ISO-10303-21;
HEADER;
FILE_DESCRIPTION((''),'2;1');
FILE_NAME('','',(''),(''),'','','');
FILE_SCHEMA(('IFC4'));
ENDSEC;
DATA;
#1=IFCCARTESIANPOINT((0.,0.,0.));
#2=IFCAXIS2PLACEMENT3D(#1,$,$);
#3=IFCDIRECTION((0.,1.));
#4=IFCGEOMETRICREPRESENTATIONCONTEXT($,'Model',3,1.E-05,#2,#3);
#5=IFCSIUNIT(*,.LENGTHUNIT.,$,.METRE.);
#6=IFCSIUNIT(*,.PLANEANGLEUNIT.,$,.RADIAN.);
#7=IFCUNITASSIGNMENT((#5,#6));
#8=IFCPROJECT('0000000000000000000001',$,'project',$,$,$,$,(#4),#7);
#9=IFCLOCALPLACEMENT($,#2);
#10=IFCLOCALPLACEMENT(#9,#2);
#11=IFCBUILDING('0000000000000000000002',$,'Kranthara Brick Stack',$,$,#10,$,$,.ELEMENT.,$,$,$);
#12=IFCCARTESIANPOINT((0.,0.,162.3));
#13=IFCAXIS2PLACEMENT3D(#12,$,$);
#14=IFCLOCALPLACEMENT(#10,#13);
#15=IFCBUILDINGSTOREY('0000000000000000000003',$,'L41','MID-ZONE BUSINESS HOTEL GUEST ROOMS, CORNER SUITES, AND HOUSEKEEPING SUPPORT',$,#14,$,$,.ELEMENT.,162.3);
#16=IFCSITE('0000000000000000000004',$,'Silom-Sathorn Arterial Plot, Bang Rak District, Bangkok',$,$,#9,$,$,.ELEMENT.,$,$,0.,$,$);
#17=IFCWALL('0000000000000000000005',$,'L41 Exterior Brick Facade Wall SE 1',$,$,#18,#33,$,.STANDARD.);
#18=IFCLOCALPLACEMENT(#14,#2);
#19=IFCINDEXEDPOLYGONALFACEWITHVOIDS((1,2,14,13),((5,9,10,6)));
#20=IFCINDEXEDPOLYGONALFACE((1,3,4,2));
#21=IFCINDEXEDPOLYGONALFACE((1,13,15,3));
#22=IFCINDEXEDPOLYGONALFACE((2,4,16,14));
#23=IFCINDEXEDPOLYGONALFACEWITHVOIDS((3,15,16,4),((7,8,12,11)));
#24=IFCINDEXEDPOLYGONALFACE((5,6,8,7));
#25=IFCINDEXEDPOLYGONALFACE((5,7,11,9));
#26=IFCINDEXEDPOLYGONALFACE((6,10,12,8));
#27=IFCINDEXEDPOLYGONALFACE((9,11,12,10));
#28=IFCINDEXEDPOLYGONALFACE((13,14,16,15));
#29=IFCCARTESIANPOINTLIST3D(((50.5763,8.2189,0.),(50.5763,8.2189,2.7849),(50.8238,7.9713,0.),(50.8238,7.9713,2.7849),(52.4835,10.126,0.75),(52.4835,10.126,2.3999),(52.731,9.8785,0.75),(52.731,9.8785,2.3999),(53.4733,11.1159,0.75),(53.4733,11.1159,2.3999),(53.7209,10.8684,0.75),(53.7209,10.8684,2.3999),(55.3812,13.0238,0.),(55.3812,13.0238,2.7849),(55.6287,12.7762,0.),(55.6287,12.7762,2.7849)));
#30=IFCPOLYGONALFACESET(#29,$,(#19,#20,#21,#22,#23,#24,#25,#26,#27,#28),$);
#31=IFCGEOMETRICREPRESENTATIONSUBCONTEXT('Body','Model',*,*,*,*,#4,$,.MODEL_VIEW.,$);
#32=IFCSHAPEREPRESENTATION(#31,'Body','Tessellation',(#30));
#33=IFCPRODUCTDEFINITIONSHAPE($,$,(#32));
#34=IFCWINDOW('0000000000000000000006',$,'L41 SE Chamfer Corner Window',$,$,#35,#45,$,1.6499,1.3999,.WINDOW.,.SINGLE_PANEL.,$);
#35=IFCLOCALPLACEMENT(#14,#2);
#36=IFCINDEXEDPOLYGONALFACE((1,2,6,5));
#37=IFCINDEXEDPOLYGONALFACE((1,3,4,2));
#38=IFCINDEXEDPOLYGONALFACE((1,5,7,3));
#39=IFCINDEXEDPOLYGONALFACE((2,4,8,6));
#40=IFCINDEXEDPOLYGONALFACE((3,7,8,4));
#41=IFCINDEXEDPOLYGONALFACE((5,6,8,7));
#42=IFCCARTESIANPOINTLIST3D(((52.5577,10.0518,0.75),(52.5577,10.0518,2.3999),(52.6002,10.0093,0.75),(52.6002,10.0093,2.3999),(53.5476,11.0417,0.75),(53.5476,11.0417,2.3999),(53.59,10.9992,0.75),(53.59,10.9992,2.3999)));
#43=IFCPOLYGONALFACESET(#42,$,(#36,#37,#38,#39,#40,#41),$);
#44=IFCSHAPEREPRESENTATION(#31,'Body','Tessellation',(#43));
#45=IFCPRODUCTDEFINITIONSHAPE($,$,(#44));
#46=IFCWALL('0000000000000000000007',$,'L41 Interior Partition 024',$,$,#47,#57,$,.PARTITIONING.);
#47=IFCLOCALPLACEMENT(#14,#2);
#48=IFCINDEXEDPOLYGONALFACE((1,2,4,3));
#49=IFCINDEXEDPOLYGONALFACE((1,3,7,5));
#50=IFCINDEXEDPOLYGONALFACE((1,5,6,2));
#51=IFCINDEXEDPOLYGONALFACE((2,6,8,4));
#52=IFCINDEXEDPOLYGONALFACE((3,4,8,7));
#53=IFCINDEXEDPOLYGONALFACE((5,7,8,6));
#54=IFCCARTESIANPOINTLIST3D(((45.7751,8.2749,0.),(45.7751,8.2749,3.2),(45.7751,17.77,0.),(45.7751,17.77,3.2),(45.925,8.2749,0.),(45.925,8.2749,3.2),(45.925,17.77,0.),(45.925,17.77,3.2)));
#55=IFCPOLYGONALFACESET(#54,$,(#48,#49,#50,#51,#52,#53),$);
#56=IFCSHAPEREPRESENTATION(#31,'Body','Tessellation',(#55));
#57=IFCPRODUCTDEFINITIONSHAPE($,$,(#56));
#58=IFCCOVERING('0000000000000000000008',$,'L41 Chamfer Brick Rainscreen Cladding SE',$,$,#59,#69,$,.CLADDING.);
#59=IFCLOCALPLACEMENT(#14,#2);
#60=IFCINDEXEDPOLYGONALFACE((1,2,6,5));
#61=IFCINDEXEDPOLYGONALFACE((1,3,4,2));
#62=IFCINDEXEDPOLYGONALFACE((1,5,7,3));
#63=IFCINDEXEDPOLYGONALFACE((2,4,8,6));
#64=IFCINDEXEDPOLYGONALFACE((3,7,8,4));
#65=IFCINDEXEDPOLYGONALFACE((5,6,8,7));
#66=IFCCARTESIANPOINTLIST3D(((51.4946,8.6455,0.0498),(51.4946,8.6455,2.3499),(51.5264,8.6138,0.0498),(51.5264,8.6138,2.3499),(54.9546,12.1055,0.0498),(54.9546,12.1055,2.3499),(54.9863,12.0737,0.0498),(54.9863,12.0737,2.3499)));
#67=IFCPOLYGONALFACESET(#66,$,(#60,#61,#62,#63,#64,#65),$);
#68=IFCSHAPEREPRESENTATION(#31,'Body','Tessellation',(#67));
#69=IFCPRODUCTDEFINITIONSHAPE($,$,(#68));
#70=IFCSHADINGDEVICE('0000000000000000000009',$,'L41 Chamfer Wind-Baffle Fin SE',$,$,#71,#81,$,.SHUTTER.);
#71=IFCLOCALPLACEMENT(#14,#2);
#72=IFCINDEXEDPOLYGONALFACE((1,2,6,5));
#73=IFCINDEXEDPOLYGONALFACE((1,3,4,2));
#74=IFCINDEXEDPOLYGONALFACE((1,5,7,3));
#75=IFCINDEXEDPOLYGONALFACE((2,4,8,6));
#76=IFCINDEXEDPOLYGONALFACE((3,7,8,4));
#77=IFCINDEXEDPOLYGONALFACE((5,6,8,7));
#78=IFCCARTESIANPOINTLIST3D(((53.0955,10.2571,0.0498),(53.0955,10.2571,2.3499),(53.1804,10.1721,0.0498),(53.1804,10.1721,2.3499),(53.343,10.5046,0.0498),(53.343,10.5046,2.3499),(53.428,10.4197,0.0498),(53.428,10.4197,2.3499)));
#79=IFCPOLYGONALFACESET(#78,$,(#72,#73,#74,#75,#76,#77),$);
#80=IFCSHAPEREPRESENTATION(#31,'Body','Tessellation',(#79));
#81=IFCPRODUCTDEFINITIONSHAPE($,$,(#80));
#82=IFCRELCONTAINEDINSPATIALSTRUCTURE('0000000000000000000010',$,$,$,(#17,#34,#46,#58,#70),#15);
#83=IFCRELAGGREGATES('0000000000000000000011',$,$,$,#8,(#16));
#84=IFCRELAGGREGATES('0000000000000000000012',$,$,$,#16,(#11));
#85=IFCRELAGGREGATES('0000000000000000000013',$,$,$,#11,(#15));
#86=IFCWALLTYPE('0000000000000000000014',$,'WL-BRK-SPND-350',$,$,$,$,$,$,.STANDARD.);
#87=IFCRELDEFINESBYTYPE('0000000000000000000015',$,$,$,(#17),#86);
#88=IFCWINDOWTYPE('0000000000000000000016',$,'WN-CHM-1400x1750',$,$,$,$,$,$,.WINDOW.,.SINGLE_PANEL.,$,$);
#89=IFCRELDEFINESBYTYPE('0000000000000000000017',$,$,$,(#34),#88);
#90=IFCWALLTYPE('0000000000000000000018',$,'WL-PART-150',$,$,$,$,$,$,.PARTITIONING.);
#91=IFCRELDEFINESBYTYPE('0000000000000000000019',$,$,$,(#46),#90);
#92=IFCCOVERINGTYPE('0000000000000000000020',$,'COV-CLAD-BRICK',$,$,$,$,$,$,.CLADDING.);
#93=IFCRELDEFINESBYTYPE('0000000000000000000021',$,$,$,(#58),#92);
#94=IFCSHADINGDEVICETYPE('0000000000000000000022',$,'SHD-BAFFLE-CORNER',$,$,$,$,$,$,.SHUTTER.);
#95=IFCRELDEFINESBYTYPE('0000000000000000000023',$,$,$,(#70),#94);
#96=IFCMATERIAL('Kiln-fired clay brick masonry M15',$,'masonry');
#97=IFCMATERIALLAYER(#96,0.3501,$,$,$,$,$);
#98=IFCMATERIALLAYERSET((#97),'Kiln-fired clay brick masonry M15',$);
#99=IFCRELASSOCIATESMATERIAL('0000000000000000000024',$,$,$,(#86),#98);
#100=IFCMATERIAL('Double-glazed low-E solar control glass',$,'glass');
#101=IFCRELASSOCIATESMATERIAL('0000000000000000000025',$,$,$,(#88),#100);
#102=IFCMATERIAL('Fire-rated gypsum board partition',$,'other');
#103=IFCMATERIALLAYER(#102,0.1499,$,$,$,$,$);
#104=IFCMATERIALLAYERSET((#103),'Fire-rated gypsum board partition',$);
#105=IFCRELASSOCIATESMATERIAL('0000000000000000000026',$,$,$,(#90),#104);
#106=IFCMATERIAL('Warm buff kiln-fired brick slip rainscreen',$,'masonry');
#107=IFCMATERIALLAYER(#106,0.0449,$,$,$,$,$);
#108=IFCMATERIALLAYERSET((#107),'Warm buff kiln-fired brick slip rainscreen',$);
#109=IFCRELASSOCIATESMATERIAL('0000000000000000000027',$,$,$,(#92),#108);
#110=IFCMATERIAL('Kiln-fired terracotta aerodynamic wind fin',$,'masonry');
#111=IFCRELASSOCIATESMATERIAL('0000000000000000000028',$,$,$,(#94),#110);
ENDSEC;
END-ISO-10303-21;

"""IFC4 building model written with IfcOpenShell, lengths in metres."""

from ifc_helpers import new_model, si_unit, direction, frame, frame_2d, origin, origin_2d, place, context, subcontext, project, spatial, rectangle, extrude, material, layer, layer_set, type_object, element, fill, save


model = new_model("IFC4")

# Units and contexts
model_context = context("Model", 3, precision=1e-05, world=origin(), true_north=direction((0.0, 1.0)))
body_context = subcontext(model_context, "Body", "Model", "MODEL_VIEW")
ifc_project = project(units=[si_unit("LENGTHUNIT", "METRE"), si_unit("PLANEANGLEUNIT", "RADIAN")], contexts=[model_context])

# Site, building, storey
site_placement = place(None, origin())
site = spatial("IfcSite", under=ifc_project, at=site_placement, Name="Silom-Sathorn Arterial Plot, Bang Rak District, Bangkok", CompositionType="ELEMENT", RefElevation=0.0)
building_placement = place(site_placement, origin())
building = spatial("IfcBuilding", under=site, at=building_placement, Name="Kranthara Brick Stack", CompositionType="ELEMENT")
storey_placement = place(building_placement, frame((0.0, 0.0, 162.3)))
storey = spatial("IfcBuildingStorey", under=building, at=storey_placement, Name="L41", Description="MID-ZONE BUSINESS HOTEL GUEST ROOMS, CORNER SUITES, AND HOUSEKEEPING SUPPORT", CompositionType="ELEMENT", Elevation=162.3)

# Shared definitions
ifc_material_1 = material(Name="Kiln-fired clay brick masonry M15", Category="masonry")
ifc_layer_1 = layer(ifc_material_1, 0.3501)
ifc_layer_set_1 = layer_set([ifc_layer_1], Name="Kiln-fired clay brick masonry M15")
wall_type_1 = type_object("IfcWallType", Name="WL-BRK-SPND-350", PredefinedType="STANDARD", material=ifc_layer_set_1)

# Wall, opening, window
wall_1_placement = place(storey_placement, frame((55.5049, 12.8999, 0.0), z_axis=(0.0, 0.0, 1.0), x_axis=(-0.707107, -0.707107, 0.0)))
wall_1 = element("IfcWall", 1, at=wall_1_placement, inside=storey, type_object=wall_type_1, Name="L41 Exterior Brick Facade Wall SE 1", PredefinedType="STANDARD", context=body_context, shape_type="SweptSolid", body=[
    extrude(rectangle(XDim=6.7952, YDim=0.3501, at=frame_2d((3.3975, 0.0))), origin(), (0.0, 0.0, 1.0), 2.7849),
])
opening_1_placement = place(wall_1_placement, frame((2.698, 0.0, 0.75)))
opening_1 = element("IfcOpeningElement", 2, at=opening_1_placement, cuts=wall_1, PredefinedType="OPENING", context=body_context, shape_type="SweptSolid", body=[
    extrude(rectangle(XDim=1.3999, YDim=1.6499, at=frame_2d((0.7, 0.825))), frame((0.0, 0.1851, 0.0), z_axis=(0.0, -1.0, 0.0), x_axis=(1.0, 0.0, 0.0)), (0.0, 0.0, 1.0), 0.3701),
])
ifc_material_2 = material(Name="Double-glazed low-E solar control glass", Category="glass")
window_type_1 = type_object("IfcWindowType", Name="WN-CHM-1400x1750", PartitioningType="SINGLE_PANEL", PredefinedType="WINDOW", material=ifc_material_2)
window_1_placement = place(opening_1_placement, origin())
window_1 = element("IfcWindow", 3, at=window_1_placement, inside=storey, type_object=window_type_1, Name="L41 SE Chamfer Corner Window", OverallHeight=1.6499, OverallWidth=1.3999, PartitioningType="SINGLE_PANEL", PredefinedType="WINDOW", context=body_context, shape_type="SweptSolid", body=[
    extrude(rectangle(XDim=1.3999, YDim=1.6499, at=frame_2d((0.7, 0.825))), frame((0.0, -0.01, 0.0), z_axis=(0.0, -1.0, 0.0), x_axis=(1.0, 0.0, 0.0)), (0.0, 0.0, 1.0), 0.0601),
])
fill(opening_1, window_1)

# Wall
ifc_material_3 = material(Name="Fire-rated gypsum board partition", Category="other")
ifc_layer_2 = layer(ifc_material_3, 0.1499)
ifc_layer_set_2 = layer_set([ifc_layer_2], Name="Fire-rated gypsum board partition")
wall_type_2 = type_object("IfcWallType", Name="WL-PART-150", PredefinedType="PARTITIONING", material=ifc_layer_set_2)
wall_2_placement = place(storey_placement, frame((45.8501, 8.2749, 0.0), z_axis=(0.0, 0.0, 1.0), x_axis=(0.0, 1.0, 0.0)))
element("IfcWall", 4, at=wall_2_placement, inside=storey, type_object=wall_type_2, Name="L41 Interior Partition 024", PredefinedType="PARTITIONING", context=body_context, shape_type="SweptSolid", body=[
    extrude(rectangle(XDim=9.4951, YDim=0.1499, at=frame_2d((4.7476, 0.0))), origin(), (0.0, 0.0, 1.0), 3.2),
])

# Covering
ifc_material_4 = material(Name="Warm buff kiln-fired brick slip rainscreen", Category="masonry")
ifc_layer_3 = layer(ifc_material_4, 0.0449)
ifc_layer_set_3 = layer_set([ifc_layer_3], Name="Warm buff kiln-fired brick slip rainscreen")
covering_type = type_object("IfcCoveringType", Name="COV-CLAD-BRICK", PredefinedType="CLADDING", material=ifc_layer_set_3)
covering_placement = place(storey_placement, frame((53.2405, 10.3596, 0.0498), z_axis=(0.0, 0.0, 1.0), x_axis=(-0.707107, -0.707107, 0.0)))
element("IfcCovering", 5, at=covering_placement, inside=storey, type_object=covering_type, Name="L41 Chamfer Brick Rainscreen Cladding SE", PredefinedType="CLADDING", context=body_context, shape_type="SweptSolid", body=[
    extrude(rectangle(XDim=4.8931, YDim=0.0449, at=origin_2d()), origin(), (0.0, 0.0, 1.0), 2.3),
])

# Shading device
ifc_material_5 = material(Name="Kiln-fired terracotta aerodynamic wind fin", Category="masonry")
shading_device_type = type_object("IfcShadingDeviceType", Name="SHD-BAFFLE-CORNER", PredefinedType="SHUTTER", material=ifc_material_5)
shading_device_placement = place(storey_placement, frame((53.2617, 10.3384, 0.0498), z_axis=(0.0, 0.0, 1.0), x_axis=(-0.707107, -0.707107, 0.0)))
element("IfcShadingDevice", 6, at=shading_device_placement, inside=storey, type_object=shading_device_type, Name="L41 Chamfer Wind-Baffle Fin SE", PredefinedType="SHUTTER", context=body_context, shape_type="SweptSolid", body=[
    extrude(rectangle(XDim=0.3501, YDim=0.1201, at=origin_2d()), origin(), (0.0, 0.0, 1.0), 2.3),
])

save(model, "model.ifc")
